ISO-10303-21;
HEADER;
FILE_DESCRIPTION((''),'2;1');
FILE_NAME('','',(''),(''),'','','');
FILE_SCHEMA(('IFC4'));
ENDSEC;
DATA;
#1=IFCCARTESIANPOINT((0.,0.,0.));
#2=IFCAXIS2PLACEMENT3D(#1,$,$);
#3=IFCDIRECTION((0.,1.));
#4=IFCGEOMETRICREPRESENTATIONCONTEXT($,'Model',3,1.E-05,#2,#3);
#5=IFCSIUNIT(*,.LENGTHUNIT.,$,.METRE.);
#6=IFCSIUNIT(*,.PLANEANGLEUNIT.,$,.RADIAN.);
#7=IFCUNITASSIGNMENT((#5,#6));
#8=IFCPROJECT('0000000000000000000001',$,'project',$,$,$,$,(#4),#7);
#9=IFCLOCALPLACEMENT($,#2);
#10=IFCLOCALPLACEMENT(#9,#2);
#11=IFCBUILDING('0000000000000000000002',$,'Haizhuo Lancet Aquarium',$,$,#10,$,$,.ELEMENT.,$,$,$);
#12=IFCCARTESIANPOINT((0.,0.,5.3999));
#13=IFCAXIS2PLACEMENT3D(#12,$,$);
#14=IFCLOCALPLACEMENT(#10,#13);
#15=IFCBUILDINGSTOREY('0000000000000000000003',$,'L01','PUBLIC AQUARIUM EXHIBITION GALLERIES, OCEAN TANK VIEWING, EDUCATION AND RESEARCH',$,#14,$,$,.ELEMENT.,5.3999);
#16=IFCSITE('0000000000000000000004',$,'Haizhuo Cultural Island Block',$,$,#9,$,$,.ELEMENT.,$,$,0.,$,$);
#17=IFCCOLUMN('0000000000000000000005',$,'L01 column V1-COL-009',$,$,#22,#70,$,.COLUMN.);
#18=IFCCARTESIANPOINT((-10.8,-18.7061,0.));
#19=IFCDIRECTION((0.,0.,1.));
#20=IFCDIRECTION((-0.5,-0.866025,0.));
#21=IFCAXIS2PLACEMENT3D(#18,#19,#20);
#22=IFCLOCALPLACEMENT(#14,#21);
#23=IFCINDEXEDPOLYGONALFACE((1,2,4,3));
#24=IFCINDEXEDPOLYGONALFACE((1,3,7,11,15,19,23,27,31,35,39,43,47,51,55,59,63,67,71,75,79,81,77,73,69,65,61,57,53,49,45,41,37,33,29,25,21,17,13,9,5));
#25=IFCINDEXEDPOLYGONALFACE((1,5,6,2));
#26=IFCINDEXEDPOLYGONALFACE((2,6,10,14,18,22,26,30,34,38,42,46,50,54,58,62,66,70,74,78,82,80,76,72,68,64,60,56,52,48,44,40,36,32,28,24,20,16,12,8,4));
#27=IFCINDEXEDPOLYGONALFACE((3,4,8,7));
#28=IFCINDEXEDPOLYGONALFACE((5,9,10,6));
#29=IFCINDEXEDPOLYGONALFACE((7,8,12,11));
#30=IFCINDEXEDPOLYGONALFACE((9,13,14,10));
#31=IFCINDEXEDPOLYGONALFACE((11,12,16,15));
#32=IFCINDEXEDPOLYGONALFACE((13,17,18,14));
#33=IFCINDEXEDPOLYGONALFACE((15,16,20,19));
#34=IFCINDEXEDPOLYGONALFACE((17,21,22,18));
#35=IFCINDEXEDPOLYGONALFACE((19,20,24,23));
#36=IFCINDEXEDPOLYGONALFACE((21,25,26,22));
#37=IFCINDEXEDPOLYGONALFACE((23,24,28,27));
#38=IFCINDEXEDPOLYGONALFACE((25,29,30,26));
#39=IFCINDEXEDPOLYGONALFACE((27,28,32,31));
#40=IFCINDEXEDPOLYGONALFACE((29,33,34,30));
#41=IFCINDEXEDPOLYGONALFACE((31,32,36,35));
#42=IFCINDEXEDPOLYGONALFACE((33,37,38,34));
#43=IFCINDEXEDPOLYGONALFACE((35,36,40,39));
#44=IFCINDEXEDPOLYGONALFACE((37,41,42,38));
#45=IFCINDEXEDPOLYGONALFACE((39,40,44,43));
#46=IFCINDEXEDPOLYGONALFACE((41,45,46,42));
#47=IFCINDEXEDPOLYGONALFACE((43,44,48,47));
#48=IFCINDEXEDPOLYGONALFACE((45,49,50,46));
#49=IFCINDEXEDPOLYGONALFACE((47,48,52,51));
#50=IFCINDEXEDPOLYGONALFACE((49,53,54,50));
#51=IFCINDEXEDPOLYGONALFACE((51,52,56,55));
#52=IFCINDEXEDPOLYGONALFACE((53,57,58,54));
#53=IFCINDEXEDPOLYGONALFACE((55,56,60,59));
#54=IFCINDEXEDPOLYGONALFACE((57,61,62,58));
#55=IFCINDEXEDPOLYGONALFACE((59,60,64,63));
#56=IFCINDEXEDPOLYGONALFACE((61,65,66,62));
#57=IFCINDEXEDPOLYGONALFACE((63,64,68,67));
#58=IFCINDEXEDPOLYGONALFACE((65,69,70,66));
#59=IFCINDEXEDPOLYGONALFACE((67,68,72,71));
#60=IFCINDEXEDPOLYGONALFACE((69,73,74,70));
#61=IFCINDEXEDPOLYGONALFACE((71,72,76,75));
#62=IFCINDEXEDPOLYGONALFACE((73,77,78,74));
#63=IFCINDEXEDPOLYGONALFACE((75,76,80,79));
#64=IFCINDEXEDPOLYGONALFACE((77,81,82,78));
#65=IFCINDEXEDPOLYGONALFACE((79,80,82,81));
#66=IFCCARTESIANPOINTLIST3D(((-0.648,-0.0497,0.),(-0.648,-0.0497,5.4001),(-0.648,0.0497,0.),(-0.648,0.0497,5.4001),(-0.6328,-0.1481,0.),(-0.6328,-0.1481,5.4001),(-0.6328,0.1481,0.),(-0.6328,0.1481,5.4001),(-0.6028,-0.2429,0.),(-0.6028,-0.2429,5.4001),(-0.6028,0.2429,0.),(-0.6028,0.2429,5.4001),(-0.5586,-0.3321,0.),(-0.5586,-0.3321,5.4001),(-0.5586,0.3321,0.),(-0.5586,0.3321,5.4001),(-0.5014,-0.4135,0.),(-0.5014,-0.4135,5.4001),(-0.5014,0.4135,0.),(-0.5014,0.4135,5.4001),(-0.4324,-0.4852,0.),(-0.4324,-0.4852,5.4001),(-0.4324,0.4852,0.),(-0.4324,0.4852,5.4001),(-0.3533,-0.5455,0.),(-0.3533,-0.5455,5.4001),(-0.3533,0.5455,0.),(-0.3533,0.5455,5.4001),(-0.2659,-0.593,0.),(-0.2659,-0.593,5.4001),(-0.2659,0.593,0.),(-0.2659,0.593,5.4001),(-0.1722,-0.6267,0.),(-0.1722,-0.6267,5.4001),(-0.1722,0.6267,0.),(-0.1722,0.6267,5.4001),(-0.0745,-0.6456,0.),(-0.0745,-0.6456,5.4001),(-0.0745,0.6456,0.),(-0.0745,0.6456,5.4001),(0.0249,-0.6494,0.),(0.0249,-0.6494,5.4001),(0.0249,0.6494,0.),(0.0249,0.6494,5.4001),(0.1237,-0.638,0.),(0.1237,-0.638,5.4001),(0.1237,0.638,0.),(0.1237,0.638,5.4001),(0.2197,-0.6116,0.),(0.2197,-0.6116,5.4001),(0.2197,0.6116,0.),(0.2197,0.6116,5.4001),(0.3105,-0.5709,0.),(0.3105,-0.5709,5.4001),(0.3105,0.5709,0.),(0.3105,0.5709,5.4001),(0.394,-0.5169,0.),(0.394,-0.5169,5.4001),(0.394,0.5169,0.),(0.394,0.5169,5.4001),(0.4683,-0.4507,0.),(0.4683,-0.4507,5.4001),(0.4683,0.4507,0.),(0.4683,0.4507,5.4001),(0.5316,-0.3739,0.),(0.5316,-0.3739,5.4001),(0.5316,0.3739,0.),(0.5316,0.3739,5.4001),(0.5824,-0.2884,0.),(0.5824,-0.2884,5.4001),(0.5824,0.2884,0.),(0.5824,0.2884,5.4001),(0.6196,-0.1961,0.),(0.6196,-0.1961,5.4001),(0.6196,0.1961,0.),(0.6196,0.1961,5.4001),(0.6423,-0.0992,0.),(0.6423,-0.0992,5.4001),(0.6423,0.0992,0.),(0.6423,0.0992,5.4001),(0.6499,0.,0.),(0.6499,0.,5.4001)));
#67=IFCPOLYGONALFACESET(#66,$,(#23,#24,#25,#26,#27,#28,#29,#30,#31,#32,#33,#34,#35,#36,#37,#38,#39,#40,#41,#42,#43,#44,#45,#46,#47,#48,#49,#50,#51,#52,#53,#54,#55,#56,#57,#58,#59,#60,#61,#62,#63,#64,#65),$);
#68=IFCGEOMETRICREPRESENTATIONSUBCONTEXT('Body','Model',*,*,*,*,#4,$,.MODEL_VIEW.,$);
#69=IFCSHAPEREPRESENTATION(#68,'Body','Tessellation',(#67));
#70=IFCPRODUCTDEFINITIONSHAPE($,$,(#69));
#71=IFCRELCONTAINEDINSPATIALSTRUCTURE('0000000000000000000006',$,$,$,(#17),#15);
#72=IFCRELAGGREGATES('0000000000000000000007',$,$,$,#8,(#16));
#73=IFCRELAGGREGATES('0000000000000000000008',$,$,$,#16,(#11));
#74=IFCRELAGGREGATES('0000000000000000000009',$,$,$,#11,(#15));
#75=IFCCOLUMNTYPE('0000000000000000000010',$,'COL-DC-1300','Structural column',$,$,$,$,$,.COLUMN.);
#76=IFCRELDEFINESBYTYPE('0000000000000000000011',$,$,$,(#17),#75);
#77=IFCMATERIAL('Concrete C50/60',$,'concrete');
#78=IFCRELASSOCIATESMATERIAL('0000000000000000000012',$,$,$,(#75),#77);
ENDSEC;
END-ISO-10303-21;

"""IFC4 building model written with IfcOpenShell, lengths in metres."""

from ifc_helpers import new_model, si_unit, direction, frame, origin, origin_2d, place, context, subcontext, project, spatial, circle, extrude, material, material_profile, profile_set, type_object, element, save


model = new_model("IFC4")

# Units and contexts
model_context = context("Model", 3, precision=1e-05, world=origin(), true_north=direction((0.0, 1.0)))
body_context = subcontext(model_context, "Body", "Model", "MODEL_VIEW")
ifc_project = project(units=[si_unit("LENGTHUNIT", "METRE"), si_unit("PLANEANGLEUNIT", "RADIAN")], contexts=[model_context])

# Site, building, storey
site_placement = place(None, origin())
site = spatial("IfcSite", under=ifc_project, at=site_placement, Name="Haizhuo Cultural Island Block", CompositionType="ELEMENT", RefElevation=0.0)
building_placement = place(site_placement, origin())
building = spatial("IfcBuilding", under=site, at=building_placement, Name="Haizhuo Lancet Aquarium", CompositionType="ELEMENT")
storey_placement = place(building_placement, frame((0.0, 0.0, 5.3999)))
storey = spatial("IfcBuildingStorey", under=building, at=storey_placement, Name="L01", Description="PUBLIC AQUARIUM EXHIBITION GALLERIES, OCEAN TANK VIEWING, EDUCATION AND RESEARCH", CompositionType="ELEMENT", Elevation=5.3999)

# Column
ifc_material_1 = material(Name="Concrete C50/60", Category="concrete")
ifc_material_profile_1 = material_profile(ifc_material_1, circle(Radius=0.6499, at=origin_2d()), Name="RC-DC 1300")
ifc_profile_set_1 = profile_set([ifc_material_profile_1], Name="Concrete C50/60")
column_type_1 = type_object("IfcColumnType", Name="COL-DC-1300", Description="Structural column", PredefinedType="COLUMN", material=ifc_profile_set_1)
column_1_placement = place(storey_placement, frame((-10.8, -18.7061, 0.0), z_axis=(0.0, 0.0, 1.0), x_axis=(-0.5, -0.866025, 0.0)))
element("IfcColumn", 1, at=column_1_placement, inside=storey, type_object=column_type_1, Name="L01 column V1-COL-009", PredefinedType="COLUMN", context=body_context, shape_type="SweptSolid", body=[
    extrude(circle(Radius=0.6499, at=origin_2d()), origin(), (0.0, 0.0, 1.0), 5.4001),
])

save(model, "model.ifc")
